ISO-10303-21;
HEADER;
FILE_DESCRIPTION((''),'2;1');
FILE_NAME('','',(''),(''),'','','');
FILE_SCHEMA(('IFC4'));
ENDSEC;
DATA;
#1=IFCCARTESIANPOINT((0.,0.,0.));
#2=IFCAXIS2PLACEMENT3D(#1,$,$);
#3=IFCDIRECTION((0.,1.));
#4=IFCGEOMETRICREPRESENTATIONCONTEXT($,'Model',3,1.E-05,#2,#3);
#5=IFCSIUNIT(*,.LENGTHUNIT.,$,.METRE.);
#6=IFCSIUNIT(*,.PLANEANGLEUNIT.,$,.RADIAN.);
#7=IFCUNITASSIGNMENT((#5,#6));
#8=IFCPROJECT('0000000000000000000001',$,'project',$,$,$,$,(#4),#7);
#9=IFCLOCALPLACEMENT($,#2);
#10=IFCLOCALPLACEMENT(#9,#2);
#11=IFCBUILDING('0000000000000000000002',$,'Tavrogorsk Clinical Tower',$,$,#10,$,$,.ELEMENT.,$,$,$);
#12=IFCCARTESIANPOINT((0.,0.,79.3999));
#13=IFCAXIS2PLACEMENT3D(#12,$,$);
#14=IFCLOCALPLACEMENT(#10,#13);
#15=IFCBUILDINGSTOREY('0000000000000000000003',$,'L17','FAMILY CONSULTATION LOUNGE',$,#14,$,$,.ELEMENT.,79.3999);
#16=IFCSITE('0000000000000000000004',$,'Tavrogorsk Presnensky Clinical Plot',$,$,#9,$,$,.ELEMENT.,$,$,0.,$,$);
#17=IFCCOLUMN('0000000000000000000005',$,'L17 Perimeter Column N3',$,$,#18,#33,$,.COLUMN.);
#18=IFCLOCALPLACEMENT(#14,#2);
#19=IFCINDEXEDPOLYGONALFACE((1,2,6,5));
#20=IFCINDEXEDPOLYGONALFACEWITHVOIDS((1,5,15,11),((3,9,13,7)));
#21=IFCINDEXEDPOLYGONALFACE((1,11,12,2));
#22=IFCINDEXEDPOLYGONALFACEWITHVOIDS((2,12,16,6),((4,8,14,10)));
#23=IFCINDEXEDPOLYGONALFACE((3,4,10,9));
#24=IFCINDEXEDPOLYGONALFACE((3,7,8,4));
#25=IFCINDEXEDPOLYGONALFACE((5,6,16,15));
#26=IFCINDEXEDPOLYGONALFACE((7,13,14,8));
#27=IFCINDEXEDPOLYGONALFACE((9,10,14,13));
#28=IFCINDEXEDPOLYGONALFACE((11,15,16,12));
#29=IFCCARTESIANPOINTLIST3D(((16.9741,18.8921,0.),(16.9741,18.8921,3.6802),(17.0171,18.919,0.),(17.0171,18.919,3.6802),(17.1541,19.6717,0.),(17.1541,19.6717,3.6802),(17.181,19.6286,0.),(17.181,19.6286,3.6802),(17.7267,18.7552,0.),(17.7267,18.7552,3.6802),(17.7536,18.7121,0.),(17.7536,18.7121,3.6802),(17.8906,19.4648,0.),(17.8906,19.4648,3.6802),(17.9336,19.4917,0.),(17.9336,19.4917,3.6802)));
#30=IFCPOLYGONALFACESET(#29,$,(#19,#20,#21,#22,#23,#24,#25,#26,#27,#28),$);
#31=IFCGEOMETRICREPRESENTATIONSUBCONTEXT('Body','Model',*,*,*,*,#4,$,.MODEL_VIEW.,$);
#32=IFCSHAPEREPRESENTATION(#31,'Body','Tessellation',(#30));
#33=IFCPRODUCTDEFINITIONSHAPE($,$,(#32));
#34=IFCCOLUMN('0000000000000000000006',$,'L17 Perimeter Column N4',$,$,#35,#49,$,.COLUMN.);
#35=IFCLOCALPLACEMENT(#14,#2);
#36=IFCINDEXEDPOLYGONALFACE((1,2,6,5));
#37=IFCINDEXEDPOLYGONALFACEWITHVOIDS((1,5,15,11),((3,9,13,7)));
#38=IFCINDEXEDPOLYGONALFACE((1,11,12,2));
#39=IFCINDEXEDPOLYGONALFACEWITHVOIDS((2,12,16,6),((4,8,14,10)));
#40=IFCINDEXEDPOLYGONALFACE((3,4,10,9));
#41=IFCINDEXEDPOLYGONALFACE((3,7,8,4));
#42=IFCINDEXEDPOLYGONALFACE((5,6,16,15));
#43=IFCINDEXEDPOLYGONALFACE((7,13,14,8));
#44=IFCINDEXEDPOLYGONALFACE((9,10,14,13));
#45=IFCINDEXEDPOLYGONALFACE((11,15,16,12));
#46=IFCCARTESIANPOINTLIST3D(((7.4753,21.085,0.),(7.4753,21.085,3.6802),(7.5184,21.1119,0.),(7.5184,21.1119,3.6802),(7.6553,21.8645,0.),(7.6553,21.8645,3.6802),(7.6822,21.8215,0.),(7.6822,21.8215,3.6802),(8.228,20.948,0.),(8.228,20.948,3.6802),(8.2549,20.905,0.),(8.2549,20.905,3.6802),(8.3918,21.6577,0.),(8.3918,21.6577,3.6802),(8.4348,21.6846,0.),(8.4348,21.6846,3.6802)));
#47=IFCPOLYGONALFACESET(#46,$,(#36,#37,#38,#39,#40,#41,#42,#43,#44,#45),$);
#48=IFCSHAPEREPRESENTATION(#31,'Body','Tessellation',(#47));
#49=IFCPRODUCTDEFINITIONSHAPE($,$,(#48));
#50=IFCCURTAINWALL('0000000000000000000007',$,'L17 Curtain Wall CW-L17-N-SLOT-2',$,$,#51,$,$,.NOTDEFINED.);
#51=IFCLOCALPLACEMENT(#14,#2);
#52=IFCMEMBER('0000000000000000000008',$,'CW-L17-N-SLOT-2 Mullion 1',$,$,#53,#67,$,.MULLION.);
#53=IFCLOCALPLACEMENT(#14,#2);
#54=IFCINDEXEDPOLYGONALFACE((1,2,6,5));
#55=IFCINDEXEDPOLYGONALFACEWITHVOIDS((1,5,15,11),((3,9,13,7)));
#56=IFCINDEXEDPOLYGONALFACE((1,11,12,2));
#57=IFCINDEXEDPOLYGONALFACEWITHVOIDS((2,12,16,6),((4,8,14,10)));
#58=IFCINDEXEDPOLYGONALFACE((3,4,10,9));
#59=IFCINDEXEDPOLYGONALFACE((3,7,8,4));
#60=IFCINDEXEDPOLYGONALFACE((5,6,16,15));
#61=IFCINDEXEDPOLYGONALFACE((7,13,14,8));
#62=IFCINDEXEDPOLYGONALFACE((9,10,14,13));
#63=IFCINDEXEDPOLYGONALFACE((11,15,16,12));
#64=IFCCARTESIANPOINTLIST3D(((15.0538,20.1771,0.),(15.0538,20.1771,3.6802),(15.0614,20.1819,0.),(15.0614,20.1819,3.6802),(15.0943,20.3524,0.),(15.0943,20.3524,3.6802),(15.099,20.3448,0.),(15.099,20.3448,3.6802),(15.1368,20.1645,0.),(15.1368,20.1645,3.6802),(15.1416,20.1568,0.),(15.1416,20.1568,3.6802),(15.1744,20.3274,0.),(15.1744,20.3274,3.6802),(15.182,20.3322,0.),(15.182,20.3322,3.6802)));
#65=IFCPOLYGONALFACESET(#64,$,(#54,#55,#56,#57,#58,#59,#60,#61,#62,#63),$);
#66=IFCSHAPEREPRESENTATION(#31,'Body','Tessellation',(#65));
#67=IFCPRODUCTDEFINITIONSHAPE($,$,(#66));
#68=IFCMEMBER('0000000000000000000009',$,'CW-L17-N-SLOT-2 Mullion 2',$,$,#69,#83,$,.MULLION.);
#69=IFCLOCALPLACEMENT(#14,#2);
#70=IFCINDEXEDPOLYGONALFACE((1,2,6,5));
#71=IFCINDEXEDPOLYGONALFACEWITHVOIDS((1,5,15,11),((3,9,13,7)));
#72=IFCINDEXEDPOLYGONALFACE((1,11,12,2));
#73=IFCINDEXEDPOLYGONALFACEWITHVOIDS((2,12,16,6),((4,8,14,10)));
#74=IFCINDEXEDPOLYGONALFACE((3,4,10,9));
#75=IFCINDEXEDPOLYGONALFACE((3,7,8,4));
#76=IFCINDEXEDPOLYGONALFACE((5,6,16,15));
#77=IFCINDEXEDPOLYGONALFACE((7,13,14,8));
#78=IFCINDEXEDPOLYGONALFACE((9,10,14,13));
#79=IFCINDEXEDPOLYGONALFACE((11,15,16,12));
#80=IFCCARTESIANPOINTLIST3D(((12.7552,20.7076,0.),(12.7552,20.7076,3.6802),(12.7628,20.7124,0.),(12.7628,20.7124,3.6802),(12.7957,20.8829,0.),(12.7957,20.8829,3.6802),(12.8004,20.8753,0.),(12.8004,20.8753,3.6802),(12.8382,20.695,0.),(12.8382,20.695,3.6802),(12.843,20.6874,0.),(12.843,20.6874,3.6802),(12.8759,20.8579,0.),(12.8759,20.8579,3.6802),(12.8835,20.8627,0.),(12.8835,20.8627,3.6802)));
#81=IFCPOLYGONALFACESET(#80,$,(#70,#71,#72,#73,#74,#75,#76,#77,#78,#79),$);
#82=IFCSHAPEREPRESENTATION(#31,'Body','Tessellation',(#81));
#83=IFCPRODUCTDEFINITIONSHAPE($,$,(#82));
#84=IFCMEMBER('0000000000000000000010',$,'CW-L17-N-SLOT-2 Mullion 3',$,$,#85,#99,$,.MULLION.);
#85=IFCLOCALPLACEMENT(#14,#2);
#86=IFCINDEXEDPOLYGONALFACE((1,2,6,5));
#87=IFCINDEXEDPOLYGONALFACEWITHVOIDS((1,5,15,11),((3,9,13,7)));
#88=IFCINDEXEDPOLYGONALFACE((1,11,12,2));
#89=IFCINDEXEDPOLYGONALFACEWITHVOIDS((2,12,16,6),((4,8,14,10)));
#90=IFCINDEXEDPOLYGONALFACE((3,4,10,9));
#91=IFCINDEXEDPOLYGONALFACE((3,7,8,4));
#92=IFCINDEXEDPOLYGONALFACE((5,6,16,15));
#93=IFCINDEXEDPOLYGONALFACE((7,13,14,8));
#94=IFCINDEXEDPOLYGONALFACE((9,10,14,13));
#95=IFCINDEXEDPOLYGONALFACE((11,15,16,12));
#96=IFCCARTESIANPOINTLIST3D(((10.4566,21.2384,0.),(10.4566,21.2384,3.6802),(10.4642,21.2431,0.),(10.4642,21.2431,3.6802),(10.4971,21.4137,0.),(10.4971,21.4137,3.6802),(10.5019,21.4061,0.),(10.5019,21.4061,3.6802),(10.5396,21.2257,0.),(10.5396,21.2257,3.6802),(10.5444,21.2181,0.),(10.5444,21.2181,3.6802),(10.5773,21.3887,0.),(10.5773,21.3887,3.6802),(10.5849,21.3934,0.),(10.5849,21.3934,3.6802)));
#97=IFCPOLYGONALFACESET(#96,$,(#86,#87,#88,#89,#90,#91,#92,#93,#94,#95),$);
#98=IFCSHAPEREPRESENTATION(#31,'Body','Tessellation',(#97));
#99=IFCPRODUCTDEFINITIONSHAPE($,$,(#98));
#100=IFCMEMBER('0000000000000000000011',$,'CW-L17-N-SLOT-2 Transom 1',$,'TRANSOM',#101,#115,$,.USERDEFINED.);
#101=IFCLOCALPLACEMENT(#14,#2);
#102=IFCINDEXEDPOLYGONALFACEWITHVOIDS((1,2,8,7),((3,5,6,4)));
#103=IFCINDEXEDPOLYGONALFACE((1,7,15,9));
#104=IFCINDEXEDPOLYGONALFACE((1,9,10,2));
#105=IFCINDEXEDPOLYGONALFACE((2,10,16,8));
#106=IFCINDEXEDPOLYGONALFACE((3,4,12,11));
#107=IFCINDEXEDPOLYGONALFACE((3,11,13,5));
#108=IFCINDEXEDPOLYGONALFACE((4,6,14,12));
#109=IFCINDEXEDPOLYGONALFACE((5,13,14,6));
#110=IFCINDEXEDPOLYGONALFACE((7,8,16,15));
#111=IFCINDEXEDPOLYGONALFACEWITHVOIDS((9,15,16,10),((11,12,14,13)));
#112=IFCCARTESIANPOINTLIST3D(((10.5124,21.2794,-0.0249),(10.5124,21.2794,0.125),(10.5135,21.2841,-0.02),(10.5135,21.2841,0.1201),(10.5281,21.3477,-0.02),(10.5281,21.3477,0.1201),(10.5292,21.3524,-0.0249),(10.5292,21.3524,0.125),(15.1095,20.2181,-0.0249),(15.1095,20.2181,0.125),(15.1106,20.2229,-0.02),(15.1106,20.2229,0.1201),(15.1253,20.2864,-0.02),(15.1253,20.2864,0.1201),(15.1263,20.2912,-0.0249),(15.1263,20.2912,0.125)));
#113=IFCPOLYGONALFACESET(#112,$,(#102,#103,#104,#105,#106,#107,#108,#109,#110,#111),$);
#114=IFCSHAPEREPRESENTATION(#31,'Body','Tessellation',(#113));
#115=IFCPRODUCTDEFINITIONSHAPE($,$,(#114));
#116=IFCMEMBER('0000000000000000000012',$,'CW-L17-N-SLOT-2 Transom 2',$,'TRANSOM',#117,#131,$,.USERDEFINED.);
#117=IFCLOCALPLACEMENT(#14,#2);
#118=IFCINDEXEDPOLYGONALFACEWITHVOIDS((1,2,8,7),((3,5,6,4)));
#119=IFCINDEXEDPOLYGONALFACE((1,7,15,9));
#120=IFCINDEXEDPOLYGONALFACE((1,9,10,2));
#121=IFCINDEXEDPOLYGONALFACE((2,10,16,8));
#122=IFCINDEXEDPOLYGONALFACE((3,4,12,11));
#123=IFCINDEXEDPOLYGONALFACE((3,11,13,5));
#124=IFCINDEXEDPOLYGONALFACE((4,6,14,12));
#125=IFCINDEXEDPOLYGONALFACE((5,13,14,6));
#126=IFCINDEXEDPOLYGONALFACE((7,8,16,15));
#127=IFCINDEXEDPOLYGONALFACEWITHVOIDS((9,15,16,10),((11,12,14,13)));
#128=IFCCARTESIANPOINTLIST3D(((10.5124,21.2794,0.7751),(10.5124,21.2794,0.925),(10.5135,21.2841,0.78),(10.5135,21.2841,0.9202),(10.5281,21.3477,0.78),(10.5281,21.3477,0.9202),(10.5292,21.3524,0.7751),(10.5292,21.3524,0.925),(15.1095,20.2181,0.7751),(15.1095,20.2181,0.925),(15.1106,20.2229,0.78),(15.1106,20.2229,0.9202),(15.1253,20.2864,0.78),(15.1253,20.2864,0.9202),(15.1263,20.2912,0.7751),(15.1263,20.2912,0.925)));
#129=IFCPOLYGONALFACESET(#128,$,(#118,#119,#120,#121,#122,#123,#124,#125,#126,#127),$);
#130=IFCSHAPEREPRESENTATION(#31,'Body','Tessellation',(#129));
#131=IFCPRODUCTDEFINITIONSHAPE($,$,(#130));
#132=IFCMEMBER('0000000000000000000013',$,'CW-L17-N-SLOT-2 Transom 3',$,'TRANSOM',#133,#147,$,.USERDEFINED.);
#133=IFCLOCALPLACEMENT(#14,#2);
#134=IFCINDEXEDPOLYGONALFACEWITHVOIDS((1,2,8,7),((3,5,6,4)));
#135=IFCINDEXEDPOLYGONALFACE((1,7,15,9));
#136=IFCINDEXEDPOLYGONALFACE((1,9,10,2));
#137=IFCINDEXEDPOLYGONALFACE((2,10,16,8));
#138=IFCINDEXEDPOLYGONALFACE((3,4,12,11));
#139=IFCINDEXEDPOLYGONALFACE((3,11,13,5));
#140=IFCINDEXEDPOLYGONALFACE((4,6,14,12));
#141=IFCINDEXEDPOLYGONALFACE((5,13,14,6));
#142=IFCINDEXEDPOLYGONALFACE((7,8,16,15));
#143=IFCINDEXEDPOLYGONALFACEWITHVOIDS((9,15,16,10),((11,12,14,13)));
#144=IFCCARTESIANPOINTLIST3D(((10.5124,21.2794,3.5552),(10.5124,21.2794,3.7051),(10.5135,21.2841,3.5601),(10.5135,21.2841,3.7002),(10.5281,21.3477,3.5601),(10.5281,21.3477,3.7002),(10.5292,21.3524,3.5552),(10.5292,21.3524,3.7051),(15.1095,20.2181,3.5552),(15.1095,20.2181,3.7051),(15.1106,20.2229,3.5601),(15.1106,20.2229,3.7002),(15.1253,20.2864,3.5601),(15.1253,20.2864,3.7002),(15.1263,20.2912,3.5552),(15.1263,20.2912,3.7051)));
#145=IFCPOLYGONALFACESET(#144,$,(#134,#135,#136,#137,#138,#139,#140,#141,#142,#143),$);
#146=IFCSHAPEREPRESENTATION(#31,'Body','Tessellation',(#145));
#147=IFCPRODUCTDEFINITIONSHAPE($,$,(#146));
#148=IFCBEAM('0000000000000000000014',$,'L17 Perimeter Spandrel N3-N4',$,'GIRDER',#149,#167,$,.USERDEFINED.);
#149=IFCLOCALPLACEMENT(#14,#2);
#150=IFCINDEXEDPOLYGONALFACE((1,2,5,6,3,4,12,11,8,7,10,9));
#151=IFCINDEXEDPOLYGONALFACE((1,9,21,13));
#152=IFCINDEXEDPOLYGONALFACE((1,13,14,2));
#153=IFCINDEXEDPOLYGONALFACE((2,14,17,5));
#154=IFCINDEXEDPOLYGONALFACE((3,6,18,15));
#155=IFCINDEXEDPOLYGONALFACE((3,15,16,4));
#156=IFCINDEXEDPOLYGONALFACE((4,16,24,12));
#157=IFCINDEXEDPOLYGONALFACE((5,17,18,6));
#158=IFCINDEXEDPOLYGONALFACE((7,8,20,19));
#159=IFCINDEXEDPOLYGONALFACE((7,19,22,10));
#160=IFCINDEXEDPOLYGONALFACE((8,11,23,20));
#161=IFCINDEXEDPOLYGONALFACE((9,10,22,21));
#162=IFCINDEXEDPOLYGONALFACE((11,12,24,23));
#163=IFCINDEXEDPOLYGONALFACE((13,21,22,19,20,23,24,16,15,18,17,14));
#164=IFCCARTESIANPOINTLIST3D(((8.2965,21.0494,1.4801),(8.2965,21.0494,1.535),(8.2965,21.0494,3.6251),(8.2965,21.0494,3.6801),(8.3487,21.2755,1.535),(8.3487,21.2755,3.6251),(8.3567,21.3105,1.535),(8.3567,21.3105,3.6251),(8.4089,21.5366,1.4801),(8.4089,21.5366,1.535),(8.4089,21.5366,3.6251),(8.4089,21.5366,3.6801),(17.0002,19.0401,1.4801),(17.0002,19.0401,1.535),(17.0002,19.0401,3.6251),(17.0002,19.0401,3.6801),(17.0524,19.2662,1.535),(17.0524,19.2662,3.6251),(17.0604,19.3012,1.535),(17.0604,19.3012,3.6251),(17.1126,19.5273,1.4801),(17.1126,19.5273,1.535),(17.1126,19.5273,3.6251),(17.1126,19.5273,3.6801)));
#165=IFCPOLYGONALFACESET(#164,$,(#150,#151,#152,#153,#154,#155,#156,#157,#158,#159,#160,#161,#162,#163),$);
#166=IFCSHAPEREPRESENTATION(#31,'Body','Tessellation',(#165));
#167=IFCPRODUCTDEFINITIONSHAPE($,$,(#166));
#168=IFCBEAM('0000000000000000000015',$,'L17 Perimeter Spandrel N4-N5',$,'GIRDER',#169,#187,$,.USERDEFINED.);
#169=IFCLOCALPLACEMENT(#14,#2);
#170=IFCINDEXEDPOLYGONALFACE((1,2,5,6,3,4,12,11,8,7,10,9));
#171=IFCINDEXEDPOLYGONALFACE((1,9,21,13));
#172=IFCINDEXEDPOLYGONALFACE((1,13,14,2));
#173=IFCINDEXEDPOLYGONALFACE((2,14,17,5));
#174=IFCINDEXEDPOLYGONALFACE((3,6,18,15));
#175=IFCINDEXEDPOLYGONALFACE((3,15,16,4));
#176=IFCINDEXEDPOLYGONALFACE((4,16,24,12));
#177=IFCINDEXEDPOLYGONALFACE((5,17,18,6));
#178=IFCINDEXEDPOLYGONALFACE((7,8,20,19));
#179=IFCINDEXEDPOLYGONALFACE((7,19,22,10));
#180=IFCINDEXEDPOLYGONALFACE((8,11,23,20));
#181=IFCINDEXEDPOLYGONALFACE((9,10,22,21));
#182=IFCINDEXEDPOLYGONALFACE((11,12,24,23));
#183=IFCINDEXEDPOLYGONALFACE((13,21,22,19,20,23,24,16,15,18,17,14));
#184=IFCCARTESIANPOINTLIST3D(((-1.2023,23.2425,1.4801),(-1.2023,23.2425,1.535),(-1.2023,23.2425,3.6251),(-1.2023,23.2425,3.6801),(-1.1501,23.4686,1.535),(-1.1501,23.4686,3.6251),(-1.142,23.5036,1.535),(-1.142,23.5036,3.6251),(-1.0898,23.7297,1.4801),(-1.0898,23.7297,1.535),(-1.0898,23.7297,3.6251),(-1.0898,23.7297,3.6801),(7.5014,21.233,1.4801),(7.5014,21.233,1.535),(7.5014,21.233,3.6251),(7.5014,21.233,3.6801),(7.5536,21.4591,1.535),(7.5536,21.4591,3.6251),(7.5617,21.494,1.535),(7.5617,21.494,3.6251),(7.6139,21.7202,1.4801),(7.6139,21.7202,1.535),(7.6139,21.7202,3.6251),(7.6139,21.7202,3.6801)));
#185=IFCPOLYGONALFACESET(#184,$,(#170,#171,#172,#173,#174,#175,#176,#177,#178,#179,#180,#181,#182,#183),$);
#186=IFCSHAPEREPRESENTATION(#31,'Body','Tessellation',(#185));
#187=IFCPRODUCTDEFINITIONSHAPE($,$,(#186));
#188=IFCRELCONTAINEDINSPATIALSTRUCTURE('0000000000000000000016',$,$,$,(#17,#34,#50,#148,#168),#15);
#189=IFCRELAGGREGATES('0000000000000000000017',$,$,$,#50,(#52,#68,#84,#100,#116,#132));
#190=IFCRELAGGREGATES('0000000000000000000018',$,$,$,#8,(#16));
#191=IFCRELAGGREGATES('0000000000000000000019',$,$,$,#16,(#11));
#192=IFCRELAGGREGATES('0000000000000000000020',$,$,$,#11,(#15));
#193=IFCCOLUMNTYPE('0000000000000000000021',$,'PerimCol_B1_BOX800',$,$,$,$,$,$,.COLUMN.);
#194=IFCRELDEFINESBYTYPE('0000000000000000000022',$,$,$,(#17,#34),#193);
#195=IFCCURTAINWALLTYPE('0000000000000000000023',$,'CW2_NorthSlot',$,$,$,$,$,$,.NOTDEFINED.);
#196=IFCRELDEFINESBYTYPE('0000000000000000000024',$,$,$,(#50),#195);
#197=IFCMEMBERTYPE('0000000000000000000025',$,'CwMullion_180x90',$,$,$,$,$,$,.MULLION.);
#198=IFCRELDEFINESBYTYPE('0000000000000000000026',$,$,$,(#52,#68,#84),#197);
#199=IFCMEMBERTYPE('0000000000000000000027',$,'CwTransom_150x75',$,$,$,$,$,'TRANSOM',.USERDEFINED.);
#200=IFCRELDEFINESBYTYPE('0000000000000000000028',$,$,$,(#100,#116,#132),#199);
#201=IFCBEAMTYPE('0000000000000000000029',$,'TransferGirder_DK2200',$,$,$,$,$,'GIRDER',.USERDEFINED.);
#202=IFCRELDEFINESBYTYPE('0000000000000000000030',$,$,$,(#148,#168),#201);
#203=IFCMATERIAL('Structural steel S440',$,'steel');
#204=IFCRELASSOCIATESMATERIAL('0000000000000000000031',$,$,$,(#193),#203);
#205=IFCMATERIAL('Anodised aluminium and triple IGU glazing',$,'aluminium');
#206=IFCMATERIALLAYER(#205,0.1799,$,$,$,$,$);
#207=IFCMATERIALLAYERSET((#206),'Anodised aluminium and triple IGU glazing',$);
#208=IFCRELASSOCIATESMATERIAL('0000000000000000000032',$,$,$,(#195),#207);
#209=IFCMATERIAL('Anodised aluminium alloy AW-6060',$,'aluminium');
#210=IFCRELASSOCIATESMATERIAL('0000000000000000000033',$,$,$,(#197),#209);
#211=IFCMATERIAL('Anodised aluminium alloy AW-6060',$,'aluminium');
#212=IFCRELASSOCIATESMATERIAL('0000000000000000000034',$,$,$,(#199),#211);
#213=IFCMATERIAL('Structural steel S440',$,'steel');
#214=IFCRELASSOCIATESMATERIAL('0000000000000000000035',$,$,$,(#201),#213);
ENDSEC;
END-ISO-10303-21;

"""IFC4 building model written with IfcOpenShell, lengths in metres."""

from ifc_helpers import new_model, si_unit, direction, frame, origin, origin_2d, place, context, subcontext, project, spatial, hollow_rectangle, i_section, extrude, material, layer, layer_set, material_profile, profile_set, type_object, element, aggregate, save


model = new_model("IFC4")

# Units and contexts
model_context = context("Model", 3, precision=1e-05, world=origin(), true_north=direction((0.0, 1.0)))
body_context = subcontext(model_context, "Body", "Model", "MODEL_VIEW")
ifc_project = project(units=[si_unit("LENGTHUNIT", "METRE"), si_unit("PLANEANGLEUNIT", "RADIAN")], contexts=[model_context])

# Site, building, storey
site_placement = place(None, origin())
site = spatial("IfcSite", under=ifc_project, at=site_placement, Name="Tavrogorsk Presnensky Clinical Plot", CompositionType="ELEMENT", RefElevation=0.0)
building_placement = place(site_placement, origin())
building = spatial("IfcBuilding", under=site, at=building_placement, Name="Tavrogorsk Clinical Tower", CompositionType="ELEMENT")
storey_placement = place(building_placement, frame((0.0, 0.0, 79.3999)))
storey = spatial("IfcBuildingStorey", under=building, at=storey_placement, Name="L17", Description="FAMILY CONSULTATION LOUNGE", CompositionType="ELEMENT", Elevation=79.3999)

# Columns
ifc_material_1 = material(Name="Structural steel S440", Category="steel")
ifc_material_profile_1 = material_profile(ifc_material_1, hollow_rectangle(XDim=0.8, YDim=0.8, WallThickness=0.0359, at=origin_2d()), Name="BOX-800x800x36")
ifc_profile_set_1 = profile_set([ifc_material_profile_1], Name="Structural steel S440")
column_type = type_object("IfcColumnType", Name="PerimCol_B1_BOX800", PredefinedType="COLUMN", material=ifc_profile_set_1)
for number, where, z_axis, x_axis, name in (
    (1, (17.4539, 19.1919, 0.0), (0.0, 0.0, 1.0), (0.97437, -0.224951, 0.0), "L17 Perimeter Column N3"),
    (2, (7.9551, 21.3848, 0.0), (0.0, 0.0, 1.0), (0.97437, -0.224951, 0.0), "L17 Perimeter Column N4"),
):
    element("IfcColumn", number, at=place(storey_placement, frame(where, z_axis=z_axis, x_axis=x_axis)), inside=storey, type_object=column_type, Name=name, PredefinedType="COLUMN", context=body_context, shape_type="SweptSolid", body=[
        extrude(hollow_rectangle(XDim=0.8, YDim=0.8, WallThickness=0.0359, at=origin_2d()), origin(), (0.0, 0.0, 1.0), 3.6802),
    ])

# Curtain wall, members
ifc_material_2 = material(Name="Anodised aluminium and triple IGU glazing", Category="aluminium")
ifc_layer_1 = layer(ifc_material_2, 0.1799)
ifc_layer_set_1 = layer_set([ifc_layer_1], Name="Anodised aluminium and triple IGU glazing")
curtain_wall_type = type_object("IfcCurtainWallType", Name="CW2_NorthSlot", PredefinedType="NOTDEFINED", material=ifc_layer_set_1)
curtain_wall_placement = place(storey_placement, origin())
curtain_wall = element("IfcCurtainWall", 3, at=curtain_wall_placement, inside=storey, type_object=curtain_wall_type, Name="L17 Curtain Wall CW-L17-N-SLOT-2", PredefinedType="NOTDEFINED")
ifc_material_3 = material(Name="Anodised aluminium alloy AW-6060", Category="aluminium")
ifc_material_profile_2 = material_profile(ifc_material_3, hollow_rectangle(XDim=0.0901, YDim=0.1799, WallThickness=0.0063, at=origin_2d()), Name="RHS-180x90x6.3")
ifc_profile_set_2 = profile_set([ifc_material_profile_2], Name="Anodised aluminium alloy AW-6060")
member_type_1 = type_object("IfcMemberType", Name="CwMullion_180x90", PredefinedType="MULLION", material=ifc_profile_set_2)
member_1_placement = place(storey_placement, frame((15.1179, 20.2546, 0.0), z_axis=(0.0, 0.0, 1.0), x_axis=(-0.97437, 0.224951, 0.0)))
member_1 = element("IfcMember", 4, at=member_1_placement, type_object=member_type_1, Name="CW-L17-N-SLOT-2 Mullion 1", PredefinedType="MULLION", context=body_context, shape_type="SweptSolid", body=[
    extrude(hollow_rectangle(XDim=0.0901, YDim=0.1799, WallThickness=0.0063, at=origin_2d()), origin(), (0.0, 0.0, 1.0), 3.6802),
])
member_2_placement = place(storey_placement, frame((12.8193, 20.7852, 0.0), z_axis=(0.0, 0.0, 1.0), x_axis=(-0.97437, 0.224951, 0.0)))
member_2 = element("IfcMember", 5, at=member_2_placement, type_object=member_type_1, Name="CW-L17-N-SLOT-2 Mullion 2", PredefinedType="MULLION", context=body_context, shape_type="SweptSolid", body=[
    extrude(hollow_rectangle(XDim=0.0901, YDim=0.1799, WallThickness=0.0063, at=origin_2d()), origin(), (0.0, 0.0, 1.0), 3.6802),
])
member_3_placement = place(storey_placement, frame((10.5208, 21.3159, 0.0), z_axis=(0.0, 0.0, 1.0), x_axis=(-0.97437, 0.224951, 0.0)))
member_3 = element("IfcMember", 6, at=member_3_placement, type_object=member_type_1, Name="CW-L17-N-SLOT-2 Mullion 3", PredefinedType="MULLION", context=body_context, shape_type="SweptSolid", body=[
    extrude(hollow_rectangle(XDim=0.0901, YDim=0.1799, WallThickness=0.0063, at=origin_2d()), origin(), (0.0, 0.0, 1.0), 3.6802),
])
ifc_material_4 = material(Name="Anodised aluminium alloy AW-6060", Category="aluminium")
ifc_material_profile_3 = material_profile(ifc_material_4, hollow_rectangle(XDim=0.075, YDim=0.1499, WallThickness=0.0049, at=origin_2d()), Name="RHS-150x75x5")
ifc_profile_set_3 = profile_set([ifc_material_profile_3], Name="Anodised aluminium alloy AW-6060")
member_type_2 = type_object("IfcMemberType", Name="CwTransom_150x75", ElementType="TRANSOM", PredefinedType="USERDEFINED", material=ifc_profile_set_3)
member_4_placement = place(storey_placement, frame((15.1179, 20.2546, 0.05), z_axis=(-0.974373, 0.224939, 0.0), x_axis=(-0.224939, -0.974373, 0.0)))
member_4 = element("IfcMember", 7, at=member_4_placement, type_object=member_type_2, Name="CW-L17-N-SLOT-2 Transom 1", ObjectType="TRANSOM", PredefinedType="USERDEFINED", context=body_context, shape_type="SweptSolid", body=[
    extrude(hollow_rectangle(XDim=0.075, YDim=0.1499, WallThickness=0.0049, at=origin_2d()), origin(), (0.0, 0.0, 1.0), 4.718),
])
member_5_placement = place(storey_placement, frame((15.1179, 20.2546, 0.8501), z_axis=(-0.974373, 0.224939, 0.0), x_axis=(-0.224939, -0.974373, 0.0)))
member_5 = element("IfcMember", 8, at=member_5_placement, type_object=member_type_2, Name="CW-L17-N-SLOT-2 Transom 2", ObjectType="TRANSOM", PredefinedType="USERDEFINED", context=body_context, shape_type="SweptSolid", body=[
    extrude(hollow_rectangle(XDim=0.075, YDim=0.1499, WallThickness=0.0049, at=origin_2d()), origin(), (0.0, 0.0, 1.0), 4.718),
])
member_6_placement = place(storey_placement, frame((15.1179, 20.2546, 3.6301), z_axis=(-0.974373, 0.224939, 0.0), x_axis=(-0.224939, -0.974373, 0.0)))
member_6 = element("IfcMember", 9, at=member_6_placement, type_object=member_type_2, Name="CW-L17-N-SLOT-2 Transom 3", ObjectType="TRANSOM", PredefinedType="USERDEFINED", context=body_context, shape_type="SweptSolid", body=[
    extrude(hollow_rectangle(XDim=0.075, YDim=0.1499, WallThickness=0.0049, at=origin_2d()), origin(), (0.0, 0.0, 1.0), 4.718),
])

# Beams
ifc_material_5 = material(Name="Structural steel S440", Category="steel")
ifc_material_profile_4 = material_profile(ifc_material_5, i_section(OverallWidth=0.5, OverallDepth=2.2, WebThickness=0.0359, FlangeThickness=0.0549, at=origin_2d()), Name="DK-2200x500x36x55")
ifc_profile_set_4 = profile_set([ifc_material_profile_4], Name="Structural steel S440")
beam_type = type_object("IfcBeamType", Name="TransferGirder_DK2200", ElementType="GIRDER", PredefinedType="USERDEFINED", material=ifc_profile_set_4)
for number, where, z_axis, x_axis, name in (
    (10, (17.0564, 19.2837, 2.5801), (-0.974373, 0.224939, 0.0), (-0.224939, -0.974373, 0.0), "L17 Perimeter Spandrel N3-N4"),
    (11, (7.5576, 21.4766, 2.5801), (-0.974367, 0.224965, 0.0), (-0.224965, -0.974367, 0.0), "L17 Perimeter Spandrel N4-N5"),
):
    element("IfcBeam", number, at=place(storey_placement, frame(where, z_axis=z_axis, x_axis=x_axis)), inside=storey, type_object=beam_type, Name=name, ObjectType="GIRDER", PredefinedType="USERDEFINED", context=body_context, shape_type="SweptSolid", body=[
        extrude(i_section(OverallWidth=0.5, OverallDepth=2.2, WebThickness=0.0359, FlangeThickness=0.0549, at=origin_2d()), origin(), (0.0, 0.0, 1.0), 8.9326),
    ])

aggregate(curtain_wall, [member_1, member_2, member_3, member_4, member_5, member_6])

save(model, "model.ifc")
